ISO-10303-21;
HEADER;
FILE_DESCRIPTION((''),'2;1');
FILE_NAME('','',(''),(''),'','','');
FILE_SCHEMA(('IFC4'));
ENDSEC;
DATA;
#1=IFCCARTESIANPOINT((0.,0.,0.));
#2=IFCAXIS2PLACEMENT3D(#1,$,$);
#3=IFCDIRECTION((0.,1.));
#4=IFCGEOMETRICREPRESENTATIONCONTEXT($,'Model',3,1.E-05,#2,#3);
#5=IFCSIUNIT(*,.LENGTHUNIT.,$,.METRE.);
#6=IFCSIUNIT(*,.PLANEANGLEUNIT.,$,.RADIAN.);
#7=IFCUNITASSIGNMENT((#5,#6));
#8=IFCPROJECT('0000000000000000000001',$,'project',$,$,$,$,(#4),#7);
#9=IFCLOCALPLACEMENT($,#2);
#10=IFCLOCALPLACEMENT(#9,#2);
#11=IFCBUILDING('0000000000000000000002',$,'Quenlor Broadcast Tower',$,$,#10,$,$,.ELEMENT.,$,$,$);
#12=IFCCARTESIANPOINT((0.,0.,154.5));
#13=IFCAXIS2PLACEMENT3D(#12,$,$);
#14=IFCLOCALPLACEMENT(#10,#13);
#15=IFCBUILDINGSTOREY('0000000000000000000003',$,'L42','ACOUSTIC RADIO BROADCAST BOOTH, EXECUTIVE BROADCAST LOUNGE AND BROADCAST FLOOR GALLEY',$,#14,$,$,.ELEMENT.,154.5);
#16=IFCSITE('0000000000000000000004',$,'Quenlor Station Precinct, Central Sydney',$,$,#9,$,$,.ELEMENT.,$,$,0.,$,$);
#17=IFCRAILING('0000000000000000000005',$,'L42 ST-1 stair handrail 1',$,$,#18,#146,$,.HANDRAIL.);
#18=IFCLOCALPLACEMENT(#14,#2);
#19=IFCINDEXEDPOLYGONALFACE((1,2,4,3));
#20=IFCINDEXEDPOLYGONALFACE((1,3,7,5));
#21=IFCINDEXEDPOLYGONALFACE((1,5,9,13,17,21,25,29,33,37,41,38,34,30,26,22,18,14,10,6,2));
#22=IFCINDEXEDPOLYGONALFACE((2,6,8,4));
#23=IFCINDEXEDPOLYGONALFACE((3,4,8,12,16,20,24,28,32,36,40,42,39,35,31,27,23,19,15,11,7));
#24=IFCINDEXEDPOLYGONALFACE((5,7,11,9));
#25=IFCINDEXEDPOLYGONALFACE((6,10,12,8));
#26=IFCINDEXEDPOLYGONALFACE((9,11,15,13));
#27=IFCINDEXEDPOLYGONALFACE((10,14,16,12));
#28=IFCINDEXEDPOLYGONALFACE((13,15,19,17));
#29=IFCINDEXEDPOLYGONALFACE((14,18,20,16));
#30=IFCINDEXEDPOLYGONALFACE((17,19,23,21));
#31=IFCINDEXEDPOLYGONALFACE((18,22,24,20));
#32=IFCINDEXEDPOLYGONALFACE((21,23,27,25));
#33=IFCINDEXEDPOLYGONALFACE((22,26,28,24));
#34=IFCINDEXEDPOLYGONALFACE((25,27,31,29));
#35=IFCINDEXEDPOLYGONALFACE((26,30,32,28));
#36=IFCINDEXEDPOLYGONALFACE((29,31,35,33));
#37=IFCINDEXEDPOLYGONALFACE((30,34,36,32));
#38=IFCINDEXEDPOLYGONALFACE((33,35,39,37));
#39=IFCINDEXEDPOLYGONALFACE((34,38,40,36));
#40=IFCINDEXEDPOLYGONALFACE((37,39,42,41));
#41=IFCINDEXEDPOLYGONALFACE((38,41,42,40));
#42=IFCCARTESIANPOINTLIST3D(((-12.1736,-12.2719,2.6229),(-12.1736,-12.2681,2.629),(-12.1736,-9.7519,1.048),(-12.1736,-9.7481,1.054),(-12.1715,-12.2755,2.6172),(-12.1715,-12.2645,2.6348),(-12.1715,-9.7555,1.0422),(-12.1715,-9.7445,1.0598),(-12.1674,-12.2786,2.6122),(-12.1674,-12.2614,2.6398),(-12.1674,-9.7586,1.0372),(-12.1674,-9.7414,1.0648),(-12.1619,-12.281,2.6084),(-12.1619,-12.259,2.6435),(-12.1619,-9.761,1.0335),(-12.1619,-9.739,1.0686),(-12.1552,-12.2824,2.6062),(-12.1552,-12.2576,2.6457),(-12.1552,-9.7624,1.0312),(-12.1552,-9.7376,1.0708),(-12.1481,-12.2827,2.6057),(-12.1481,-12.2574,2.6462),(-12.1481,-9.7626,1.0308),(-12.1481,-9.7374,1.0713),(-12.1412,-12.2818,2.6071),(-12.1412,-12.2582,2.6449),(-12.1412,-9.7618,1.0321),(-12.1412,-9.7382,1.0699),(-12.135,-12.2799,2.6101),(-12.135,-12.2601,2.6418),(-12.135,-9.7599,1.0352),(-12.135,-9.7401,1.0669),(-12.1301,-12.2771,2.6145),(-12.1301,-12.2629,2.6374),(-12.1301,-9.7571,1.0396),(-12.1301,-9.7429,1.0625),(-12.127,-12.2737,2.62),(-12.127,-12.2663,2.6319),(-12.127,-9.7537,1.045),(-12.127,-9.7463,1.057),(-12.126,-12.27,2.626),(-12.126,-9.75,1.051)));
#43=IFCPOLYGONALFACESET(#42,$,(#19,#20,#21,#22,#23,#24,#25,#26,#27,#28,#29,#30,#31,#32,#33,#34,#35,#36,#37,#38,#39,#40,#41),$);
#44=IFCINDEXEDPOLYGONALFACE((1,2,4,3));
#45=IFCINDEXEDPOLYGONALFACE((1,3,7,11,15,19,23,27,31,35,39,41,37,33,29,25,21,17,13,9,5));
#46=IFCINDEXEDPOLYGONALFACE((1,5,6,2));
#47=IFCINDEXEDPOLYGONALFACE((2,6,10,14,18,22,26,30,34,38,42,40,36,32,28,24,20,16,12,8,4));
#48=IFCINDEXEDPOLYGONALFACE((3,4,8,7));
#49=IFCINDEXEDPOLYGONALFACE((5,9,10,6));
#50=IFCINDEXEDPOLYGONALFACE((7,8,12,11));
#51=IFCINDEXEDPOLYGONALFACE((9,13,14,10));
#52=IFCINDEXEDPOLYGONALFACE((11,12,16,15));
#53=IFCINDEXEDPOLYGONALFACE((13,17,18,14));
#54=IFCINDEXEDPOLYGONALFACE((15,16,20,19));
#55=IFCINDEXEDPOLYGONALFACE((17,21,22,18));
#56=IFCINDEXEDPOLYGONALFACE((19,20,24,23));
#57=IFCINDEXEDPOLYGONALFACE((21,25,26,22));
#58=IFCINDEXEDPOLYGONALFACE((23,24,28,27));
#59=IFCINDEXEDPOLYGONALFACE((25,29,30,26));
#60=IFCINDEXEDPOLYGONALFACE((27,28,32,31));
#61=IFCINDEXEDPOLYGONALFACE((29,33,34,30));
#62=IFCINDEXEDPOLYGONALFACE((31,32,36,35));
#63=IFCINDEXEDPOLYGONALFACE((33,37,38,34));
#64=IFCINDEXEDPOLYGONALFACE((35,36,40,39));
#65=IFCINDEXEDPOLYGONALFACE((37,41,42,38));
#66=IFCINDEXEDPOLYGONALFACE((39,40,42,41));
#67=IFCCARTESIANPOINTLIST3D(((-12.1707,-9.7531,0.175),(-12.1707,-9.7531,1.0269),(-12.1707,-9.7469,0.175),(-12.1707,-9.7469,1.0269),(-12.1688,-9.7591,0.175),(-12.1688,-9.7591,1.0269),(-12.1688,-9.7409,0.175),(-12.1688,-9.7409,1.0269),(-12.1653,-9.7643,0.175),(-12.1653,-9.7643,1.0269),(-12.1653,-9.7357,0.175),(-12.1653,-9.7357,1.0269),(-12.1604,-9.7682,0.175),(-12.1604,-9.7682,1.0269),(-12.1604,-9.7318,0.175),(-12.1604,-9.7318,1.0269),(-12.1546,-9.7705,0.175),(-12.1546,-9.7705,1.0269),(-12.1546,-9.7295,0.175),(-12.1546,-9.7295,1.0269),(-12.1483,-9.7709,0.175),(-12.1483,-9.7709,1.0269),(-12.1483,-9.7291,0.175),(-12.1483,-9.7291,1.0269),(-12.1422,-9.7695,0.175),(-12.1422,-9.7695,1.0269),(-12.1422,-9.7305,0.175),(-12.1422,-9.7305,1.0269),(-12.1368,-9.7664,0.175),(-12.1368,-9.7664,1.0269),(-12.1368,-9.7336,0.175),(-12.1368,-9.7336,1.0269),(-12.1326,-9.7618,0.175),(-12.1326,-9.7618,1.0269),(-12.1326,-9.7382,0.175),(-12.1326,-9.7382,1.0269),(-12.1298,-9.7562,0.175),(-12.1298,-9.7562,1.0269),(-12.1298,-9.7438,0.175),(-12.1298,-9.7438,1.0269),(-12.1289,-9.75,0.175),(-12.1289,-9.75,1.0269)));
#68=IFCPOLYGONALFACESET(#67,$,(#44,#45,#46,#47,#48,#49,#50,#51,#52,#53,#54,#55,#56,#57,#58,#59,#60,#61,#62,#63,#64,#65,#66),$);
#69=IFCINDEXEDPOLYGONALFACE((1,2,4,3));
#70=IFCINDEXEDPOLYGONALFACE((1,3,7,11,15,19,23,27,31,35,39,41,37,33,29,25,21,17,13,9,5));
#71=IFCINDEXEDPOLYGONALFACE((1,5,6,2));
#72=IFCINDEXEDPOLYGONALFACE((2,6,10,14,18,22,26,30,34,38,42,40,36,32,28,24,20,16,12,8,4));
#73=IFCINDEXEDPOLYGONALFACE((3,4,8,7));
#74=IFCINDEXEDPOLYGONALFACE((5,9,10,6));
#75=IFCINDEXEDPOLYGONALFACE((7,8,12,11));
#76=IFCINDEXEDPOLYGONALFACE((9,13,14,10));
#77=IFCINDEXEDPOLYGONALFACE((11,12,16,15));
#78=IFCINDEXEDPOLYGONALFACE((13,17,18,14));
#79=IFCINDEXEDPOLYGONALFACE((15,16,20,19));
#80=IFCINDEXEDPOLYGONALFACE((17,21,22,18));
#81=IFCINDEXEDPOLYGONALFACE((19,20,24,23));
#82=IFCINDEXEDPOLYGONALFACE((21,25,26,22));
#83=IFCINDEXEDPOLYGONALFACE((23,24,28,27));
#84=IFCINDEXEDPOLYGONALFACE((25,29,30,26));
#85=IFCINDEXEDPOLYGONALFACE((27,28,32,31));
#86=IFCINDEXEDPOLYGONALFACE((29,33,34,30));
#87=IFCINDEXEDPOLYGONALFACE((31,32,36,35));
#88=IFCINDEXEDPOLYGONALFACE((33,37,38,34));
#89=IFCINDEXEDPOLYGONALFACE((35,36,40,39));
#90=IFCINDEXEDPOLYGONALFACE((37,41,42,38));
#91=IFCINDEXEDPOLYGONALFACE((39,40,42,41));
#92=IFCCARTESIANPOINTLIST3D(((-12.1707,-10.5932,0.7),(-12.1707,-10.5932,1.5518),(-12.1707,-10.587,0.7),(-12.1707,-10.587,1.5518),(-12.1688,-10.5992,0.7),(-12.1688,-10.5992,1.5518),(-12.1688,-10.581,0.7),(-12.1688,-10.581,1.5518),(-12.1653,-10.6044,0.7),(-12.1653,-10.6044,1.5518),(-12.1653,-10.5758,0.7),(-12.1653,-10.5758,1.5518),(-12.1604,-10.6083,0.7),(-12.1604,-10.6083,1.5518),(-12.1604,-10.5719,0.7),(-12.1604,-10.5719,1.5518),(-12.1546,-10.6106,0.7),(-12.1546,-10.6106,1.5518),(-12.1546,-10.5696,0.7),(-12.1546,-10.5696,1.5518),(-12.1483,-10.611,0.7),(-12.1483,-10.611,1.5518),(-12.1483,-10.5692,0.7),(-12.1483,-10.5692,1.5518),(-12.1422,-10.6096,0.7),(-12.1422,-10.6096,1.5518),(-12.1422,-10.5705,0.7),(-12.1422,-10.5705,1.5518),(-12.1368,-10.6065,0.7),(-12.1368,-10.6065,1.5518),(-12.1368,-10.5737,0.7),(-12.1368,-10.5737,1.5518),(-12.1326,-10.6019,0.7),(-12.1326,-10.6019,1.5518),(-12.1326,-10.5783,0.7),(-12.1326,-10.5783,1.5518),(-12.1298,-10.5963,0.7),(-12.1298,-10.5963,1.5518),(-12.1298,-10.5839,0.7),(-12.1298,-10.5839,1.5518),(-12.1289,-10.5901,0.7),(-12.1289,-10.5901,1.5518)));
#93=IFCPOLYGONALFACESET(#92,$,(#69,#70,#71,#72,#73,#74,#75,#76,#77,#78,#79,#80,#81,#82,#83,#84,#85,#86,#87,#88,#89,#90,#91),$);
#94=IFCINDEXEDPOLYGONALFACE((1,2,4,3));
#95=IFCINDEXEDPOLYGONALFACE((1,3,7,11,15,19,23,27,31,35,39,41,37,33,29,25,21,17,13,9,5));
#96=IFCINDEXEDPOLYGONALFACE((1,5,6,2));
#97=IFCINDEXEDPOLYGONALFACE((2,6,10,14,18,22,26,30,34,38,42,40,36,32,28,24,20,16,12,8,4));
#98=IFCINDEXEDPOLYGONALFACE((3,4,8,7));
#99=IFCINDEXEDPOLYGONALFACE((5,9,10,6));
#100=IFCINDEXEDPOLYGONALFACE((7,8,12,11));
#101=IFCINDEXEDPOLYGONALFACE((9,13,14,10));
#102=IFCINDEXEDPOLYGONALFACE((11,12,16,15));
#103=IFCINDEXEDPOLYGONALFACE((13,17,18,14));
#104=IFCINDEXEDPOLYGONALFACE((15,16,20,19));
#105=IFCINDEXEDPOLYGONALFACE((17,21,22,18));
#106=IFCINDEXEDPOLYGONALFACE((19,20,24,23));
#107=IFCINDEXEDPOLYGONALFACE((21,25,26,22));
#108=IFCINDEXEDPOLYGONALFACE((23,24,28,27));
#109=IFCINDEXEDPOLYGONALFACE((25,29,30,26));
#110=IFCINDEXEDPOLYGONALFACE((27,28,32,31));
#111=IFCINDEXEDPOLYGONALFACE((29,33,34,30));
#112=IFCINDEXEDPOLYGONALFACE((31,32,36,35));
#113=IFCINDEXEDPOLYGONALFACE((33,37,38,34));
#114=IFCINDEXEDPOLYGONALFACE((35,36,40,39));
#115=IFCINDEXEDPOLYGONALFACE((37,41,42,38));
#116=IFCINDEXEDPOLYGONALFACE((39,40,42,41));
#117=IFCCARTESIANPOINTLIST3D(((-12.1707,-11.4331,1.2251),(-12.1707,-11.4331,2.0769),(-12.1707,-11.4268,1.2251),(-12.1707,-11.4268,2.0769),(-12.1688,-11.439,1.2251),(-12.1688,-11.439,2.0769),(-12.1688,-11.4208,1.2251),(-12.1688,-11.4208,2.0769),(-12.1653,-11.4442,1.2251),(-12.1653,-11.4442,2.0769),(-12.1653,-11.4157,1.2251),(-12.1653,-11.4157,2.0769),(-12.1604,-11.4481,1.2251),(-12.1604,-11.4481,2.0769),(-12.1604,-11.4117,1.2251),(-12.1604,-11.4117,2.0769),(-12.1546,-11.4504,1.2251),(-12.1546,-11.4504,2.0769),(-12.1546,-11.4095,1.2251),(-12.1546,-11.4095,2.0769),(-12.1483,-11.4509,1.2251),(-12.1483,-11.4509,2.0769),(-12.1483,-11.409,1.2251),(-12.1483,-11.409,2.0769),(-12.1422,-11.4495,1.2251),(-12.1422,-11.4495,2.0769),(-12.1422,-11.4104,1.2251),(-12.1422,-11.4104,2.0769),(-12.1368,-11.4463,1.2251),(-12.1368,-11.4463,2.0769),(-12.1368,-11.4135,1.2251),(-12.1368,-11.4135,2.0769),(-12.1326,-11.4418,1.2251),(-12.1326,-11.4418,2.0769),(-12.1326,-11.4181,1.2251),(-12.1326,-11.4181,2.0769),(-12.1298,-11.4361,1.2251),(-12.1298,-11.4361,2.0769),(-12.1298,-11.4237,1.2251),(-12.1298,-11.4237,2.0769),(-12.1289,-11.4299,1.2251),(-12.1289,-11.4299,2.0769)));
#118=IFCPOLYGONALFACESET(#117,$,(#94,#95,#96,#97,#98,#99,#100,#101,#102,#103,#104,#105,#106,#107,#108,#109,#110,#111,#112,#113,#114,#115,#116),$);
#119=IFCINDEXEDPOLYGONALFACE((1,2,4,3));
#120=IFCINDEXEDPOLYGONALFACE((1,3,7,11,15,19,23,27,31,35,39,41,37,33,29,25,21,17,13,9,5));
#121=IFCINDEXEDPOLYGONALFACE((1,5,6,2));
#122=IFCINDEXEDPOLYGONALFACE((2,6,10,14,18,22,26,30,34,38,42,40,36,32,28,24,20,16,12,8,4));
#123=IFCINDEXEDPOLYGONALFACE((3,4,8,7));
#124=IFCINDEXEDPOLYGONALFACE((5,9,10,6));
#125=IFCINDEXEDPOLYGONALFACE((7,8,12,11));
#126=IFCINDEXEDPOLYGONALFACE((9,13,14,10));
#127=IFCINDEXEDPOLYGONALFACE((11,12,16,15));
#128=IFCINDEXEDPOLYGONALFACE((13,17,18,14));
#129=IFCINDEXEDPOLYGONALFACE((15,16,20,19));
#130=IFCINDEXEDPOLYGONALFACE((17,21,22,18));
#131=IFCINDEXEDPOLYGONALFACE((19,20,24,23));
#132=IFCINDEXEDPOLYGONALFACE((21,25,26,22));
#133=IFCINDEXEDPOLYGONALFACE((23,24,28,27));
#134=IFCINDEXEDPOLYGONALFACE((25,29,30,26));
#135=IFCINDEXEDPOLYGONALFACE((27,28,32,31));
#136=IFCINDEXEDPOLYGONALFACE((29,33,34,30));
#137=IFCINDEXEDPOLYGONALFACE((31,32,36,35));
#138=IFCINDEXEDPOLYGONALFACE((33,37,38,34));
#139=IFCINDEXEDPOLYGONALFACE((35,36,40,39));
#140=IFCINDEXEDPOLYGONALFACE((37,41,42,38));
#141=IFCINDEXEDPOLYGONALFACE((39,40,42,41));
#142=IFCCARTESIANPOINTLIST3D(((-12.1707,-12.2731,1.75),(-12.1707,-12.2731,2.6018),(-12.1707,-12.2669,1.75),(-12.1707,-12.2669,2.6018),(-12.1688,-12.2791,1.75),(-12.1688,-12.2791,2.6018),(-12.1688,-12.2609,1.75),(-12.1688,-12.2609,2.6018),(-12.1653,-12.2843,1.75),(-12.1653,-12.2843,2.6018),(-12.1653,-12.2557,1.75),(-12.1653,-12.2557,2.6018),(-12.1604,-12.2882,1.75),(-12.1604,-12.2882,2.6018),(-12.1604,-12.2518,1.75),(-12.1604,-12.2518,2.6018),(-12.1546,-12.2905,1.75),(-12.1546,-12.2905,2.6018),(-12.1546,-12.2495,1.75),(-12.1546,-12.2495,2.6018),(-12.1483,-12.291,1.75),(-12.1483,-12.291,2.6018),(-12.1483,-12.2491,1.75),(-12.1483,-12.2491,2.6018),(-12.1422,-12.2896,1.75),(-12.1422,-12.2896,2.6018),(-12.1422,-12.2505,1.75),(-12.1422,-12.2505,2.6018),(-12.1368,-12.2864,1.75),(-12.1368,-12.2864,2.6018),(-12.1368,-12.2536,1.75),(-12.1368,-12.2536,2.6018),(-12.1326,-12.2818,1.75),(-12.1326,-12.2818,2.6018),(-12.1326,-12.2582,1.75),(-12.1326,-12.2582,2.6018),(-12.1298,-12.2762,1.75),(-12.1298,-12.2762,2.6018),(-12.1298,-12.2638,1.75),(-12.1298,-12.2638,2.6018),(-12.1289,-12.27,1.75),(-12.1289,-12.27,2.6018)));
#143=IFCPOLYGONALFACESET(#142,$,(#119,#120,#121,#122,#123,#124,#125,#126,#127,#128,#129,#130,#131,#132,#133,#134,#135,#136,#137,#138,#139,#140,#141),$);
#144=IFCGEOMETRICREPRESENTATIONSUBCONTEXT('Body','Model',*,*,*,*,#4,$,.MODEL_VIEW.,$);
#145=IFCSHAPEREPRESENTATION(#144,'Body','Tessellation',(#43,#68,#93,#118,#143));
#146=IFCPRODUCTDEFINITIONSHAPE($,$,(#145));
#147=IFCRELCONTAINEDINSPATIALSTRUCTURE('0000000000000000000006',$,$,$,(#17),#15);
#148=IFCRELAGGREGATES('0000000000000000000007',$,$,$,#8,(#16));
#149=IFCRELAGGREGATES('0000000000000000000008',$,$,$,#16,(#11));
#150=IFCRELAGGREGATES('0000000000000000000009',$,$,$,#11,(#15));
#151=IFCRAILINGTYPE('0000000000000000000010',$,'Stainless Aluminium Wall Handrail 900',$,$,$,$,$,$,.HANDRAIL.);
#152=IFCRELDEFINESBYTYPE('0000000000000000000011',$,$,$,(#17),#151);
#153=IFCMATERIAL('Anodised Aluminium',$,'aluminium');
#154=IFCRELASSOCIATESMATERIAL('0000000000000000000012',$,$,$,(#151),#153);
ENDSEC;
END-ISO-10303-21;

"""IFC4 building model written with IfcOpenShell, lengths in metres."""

from ifc_helpers import new_model, si_unit, direction, frame, origin, origin_2d, place, context, subcontext, project, spatial, circle, extrude, material, type_object, element, save


model = new_model("IFC4")

# Units and contexts
model_context = context("Model", 3, precision=1e-05, world=origin(), true_north=direction((0.0, 1.0)))
body_context = subcontext(model_context, "Body", "Model", "MODEL_VIEW")
ifc_project = project(units=[si_unit("LENGTHUNIT", "METRE"), si_unit("PLANEANGLEUNIT", "RADIAN")], contexts=[model_context])

# Site, building, storey
site_placement = place(None, origin())
site = spatial("IfcSite", under=ifc_project, at=site_placement, Name="Quenlor Station Precinct, Central Sydney", CompositionType="ELEMENT", RefElevation=0.0)
building_placement = place(site_placement, origin())
building = spatial("IfcBuilding", under=site, at=building_placement, Name="Quenlor Broadcast Tower", CompositionType="ELEMENT")
storey_placement = place(building_placement, frame((0.0, 0.0, 154.5)))
storey = spatial("IfcBuildingStorey", under=building, at=storey_placement, Name="L42", Description="ACOUSTIC RADIO BROADCAST BOOTH, EXECUTIVE BROADCAST LOUNGE AND BROADCAST FLOOR GALLEY", CompositionType="ELEMENT", Elevation=154.5)

# Railing
ifc_material_1 = material(Name="Anodised Aluminium", Category="aluminium")
railing_type_1 = type_object("IfcRailingType", Name="Stainless Aluminium Wall Handrail 900", PredefinedType="HANDRAIL", material=ifc_material_1)
railing_1_placement = place(storey_placement, frame((-12.1499, -9.75, 0.175)))
element("IfcRailing", 1, at=railing_1_placement, inside=storey, type_object=railing_type_1, Name="L42 ST-1 stair handrail 1", PredefinedType="HANDRAIL", context=body_context, shape_type="SweptSolid", body=[
    extrude(circle(Radius=0.0239, at=origin_2d()), frame((0.0, 0.0, 0.876), z_axis=(0.0, -0.848008, 0.529984), x_axis=(1.0, 0.0, 0.0)), (0.0, 0.0, 1.0), 2.9717),
    extrude(circle(Radius=0.021, at=origin_2d()), origin(), (0.0, 0.0, 1.0), 0.8518),
    extrude(circle(Radius=0.021, at=origin_2d()), frame((0.0, -0.8401, 0.5249)), (0.0, 0.0, 1.0), 0.8518),
    extrude(circle(Radius=0.021, at=origin_2d()), frame((0.0, -1.6799, 1.05)), (0.0, 0.0, 1.0), 0.8518),
    extrude(circle(Radius=0.021, at=origin_2d()), frame((0.0, -2.52, 1.575)), (0.0, 0.0, 1.0), 0.8518),
])

save(model, "model.ifc")
